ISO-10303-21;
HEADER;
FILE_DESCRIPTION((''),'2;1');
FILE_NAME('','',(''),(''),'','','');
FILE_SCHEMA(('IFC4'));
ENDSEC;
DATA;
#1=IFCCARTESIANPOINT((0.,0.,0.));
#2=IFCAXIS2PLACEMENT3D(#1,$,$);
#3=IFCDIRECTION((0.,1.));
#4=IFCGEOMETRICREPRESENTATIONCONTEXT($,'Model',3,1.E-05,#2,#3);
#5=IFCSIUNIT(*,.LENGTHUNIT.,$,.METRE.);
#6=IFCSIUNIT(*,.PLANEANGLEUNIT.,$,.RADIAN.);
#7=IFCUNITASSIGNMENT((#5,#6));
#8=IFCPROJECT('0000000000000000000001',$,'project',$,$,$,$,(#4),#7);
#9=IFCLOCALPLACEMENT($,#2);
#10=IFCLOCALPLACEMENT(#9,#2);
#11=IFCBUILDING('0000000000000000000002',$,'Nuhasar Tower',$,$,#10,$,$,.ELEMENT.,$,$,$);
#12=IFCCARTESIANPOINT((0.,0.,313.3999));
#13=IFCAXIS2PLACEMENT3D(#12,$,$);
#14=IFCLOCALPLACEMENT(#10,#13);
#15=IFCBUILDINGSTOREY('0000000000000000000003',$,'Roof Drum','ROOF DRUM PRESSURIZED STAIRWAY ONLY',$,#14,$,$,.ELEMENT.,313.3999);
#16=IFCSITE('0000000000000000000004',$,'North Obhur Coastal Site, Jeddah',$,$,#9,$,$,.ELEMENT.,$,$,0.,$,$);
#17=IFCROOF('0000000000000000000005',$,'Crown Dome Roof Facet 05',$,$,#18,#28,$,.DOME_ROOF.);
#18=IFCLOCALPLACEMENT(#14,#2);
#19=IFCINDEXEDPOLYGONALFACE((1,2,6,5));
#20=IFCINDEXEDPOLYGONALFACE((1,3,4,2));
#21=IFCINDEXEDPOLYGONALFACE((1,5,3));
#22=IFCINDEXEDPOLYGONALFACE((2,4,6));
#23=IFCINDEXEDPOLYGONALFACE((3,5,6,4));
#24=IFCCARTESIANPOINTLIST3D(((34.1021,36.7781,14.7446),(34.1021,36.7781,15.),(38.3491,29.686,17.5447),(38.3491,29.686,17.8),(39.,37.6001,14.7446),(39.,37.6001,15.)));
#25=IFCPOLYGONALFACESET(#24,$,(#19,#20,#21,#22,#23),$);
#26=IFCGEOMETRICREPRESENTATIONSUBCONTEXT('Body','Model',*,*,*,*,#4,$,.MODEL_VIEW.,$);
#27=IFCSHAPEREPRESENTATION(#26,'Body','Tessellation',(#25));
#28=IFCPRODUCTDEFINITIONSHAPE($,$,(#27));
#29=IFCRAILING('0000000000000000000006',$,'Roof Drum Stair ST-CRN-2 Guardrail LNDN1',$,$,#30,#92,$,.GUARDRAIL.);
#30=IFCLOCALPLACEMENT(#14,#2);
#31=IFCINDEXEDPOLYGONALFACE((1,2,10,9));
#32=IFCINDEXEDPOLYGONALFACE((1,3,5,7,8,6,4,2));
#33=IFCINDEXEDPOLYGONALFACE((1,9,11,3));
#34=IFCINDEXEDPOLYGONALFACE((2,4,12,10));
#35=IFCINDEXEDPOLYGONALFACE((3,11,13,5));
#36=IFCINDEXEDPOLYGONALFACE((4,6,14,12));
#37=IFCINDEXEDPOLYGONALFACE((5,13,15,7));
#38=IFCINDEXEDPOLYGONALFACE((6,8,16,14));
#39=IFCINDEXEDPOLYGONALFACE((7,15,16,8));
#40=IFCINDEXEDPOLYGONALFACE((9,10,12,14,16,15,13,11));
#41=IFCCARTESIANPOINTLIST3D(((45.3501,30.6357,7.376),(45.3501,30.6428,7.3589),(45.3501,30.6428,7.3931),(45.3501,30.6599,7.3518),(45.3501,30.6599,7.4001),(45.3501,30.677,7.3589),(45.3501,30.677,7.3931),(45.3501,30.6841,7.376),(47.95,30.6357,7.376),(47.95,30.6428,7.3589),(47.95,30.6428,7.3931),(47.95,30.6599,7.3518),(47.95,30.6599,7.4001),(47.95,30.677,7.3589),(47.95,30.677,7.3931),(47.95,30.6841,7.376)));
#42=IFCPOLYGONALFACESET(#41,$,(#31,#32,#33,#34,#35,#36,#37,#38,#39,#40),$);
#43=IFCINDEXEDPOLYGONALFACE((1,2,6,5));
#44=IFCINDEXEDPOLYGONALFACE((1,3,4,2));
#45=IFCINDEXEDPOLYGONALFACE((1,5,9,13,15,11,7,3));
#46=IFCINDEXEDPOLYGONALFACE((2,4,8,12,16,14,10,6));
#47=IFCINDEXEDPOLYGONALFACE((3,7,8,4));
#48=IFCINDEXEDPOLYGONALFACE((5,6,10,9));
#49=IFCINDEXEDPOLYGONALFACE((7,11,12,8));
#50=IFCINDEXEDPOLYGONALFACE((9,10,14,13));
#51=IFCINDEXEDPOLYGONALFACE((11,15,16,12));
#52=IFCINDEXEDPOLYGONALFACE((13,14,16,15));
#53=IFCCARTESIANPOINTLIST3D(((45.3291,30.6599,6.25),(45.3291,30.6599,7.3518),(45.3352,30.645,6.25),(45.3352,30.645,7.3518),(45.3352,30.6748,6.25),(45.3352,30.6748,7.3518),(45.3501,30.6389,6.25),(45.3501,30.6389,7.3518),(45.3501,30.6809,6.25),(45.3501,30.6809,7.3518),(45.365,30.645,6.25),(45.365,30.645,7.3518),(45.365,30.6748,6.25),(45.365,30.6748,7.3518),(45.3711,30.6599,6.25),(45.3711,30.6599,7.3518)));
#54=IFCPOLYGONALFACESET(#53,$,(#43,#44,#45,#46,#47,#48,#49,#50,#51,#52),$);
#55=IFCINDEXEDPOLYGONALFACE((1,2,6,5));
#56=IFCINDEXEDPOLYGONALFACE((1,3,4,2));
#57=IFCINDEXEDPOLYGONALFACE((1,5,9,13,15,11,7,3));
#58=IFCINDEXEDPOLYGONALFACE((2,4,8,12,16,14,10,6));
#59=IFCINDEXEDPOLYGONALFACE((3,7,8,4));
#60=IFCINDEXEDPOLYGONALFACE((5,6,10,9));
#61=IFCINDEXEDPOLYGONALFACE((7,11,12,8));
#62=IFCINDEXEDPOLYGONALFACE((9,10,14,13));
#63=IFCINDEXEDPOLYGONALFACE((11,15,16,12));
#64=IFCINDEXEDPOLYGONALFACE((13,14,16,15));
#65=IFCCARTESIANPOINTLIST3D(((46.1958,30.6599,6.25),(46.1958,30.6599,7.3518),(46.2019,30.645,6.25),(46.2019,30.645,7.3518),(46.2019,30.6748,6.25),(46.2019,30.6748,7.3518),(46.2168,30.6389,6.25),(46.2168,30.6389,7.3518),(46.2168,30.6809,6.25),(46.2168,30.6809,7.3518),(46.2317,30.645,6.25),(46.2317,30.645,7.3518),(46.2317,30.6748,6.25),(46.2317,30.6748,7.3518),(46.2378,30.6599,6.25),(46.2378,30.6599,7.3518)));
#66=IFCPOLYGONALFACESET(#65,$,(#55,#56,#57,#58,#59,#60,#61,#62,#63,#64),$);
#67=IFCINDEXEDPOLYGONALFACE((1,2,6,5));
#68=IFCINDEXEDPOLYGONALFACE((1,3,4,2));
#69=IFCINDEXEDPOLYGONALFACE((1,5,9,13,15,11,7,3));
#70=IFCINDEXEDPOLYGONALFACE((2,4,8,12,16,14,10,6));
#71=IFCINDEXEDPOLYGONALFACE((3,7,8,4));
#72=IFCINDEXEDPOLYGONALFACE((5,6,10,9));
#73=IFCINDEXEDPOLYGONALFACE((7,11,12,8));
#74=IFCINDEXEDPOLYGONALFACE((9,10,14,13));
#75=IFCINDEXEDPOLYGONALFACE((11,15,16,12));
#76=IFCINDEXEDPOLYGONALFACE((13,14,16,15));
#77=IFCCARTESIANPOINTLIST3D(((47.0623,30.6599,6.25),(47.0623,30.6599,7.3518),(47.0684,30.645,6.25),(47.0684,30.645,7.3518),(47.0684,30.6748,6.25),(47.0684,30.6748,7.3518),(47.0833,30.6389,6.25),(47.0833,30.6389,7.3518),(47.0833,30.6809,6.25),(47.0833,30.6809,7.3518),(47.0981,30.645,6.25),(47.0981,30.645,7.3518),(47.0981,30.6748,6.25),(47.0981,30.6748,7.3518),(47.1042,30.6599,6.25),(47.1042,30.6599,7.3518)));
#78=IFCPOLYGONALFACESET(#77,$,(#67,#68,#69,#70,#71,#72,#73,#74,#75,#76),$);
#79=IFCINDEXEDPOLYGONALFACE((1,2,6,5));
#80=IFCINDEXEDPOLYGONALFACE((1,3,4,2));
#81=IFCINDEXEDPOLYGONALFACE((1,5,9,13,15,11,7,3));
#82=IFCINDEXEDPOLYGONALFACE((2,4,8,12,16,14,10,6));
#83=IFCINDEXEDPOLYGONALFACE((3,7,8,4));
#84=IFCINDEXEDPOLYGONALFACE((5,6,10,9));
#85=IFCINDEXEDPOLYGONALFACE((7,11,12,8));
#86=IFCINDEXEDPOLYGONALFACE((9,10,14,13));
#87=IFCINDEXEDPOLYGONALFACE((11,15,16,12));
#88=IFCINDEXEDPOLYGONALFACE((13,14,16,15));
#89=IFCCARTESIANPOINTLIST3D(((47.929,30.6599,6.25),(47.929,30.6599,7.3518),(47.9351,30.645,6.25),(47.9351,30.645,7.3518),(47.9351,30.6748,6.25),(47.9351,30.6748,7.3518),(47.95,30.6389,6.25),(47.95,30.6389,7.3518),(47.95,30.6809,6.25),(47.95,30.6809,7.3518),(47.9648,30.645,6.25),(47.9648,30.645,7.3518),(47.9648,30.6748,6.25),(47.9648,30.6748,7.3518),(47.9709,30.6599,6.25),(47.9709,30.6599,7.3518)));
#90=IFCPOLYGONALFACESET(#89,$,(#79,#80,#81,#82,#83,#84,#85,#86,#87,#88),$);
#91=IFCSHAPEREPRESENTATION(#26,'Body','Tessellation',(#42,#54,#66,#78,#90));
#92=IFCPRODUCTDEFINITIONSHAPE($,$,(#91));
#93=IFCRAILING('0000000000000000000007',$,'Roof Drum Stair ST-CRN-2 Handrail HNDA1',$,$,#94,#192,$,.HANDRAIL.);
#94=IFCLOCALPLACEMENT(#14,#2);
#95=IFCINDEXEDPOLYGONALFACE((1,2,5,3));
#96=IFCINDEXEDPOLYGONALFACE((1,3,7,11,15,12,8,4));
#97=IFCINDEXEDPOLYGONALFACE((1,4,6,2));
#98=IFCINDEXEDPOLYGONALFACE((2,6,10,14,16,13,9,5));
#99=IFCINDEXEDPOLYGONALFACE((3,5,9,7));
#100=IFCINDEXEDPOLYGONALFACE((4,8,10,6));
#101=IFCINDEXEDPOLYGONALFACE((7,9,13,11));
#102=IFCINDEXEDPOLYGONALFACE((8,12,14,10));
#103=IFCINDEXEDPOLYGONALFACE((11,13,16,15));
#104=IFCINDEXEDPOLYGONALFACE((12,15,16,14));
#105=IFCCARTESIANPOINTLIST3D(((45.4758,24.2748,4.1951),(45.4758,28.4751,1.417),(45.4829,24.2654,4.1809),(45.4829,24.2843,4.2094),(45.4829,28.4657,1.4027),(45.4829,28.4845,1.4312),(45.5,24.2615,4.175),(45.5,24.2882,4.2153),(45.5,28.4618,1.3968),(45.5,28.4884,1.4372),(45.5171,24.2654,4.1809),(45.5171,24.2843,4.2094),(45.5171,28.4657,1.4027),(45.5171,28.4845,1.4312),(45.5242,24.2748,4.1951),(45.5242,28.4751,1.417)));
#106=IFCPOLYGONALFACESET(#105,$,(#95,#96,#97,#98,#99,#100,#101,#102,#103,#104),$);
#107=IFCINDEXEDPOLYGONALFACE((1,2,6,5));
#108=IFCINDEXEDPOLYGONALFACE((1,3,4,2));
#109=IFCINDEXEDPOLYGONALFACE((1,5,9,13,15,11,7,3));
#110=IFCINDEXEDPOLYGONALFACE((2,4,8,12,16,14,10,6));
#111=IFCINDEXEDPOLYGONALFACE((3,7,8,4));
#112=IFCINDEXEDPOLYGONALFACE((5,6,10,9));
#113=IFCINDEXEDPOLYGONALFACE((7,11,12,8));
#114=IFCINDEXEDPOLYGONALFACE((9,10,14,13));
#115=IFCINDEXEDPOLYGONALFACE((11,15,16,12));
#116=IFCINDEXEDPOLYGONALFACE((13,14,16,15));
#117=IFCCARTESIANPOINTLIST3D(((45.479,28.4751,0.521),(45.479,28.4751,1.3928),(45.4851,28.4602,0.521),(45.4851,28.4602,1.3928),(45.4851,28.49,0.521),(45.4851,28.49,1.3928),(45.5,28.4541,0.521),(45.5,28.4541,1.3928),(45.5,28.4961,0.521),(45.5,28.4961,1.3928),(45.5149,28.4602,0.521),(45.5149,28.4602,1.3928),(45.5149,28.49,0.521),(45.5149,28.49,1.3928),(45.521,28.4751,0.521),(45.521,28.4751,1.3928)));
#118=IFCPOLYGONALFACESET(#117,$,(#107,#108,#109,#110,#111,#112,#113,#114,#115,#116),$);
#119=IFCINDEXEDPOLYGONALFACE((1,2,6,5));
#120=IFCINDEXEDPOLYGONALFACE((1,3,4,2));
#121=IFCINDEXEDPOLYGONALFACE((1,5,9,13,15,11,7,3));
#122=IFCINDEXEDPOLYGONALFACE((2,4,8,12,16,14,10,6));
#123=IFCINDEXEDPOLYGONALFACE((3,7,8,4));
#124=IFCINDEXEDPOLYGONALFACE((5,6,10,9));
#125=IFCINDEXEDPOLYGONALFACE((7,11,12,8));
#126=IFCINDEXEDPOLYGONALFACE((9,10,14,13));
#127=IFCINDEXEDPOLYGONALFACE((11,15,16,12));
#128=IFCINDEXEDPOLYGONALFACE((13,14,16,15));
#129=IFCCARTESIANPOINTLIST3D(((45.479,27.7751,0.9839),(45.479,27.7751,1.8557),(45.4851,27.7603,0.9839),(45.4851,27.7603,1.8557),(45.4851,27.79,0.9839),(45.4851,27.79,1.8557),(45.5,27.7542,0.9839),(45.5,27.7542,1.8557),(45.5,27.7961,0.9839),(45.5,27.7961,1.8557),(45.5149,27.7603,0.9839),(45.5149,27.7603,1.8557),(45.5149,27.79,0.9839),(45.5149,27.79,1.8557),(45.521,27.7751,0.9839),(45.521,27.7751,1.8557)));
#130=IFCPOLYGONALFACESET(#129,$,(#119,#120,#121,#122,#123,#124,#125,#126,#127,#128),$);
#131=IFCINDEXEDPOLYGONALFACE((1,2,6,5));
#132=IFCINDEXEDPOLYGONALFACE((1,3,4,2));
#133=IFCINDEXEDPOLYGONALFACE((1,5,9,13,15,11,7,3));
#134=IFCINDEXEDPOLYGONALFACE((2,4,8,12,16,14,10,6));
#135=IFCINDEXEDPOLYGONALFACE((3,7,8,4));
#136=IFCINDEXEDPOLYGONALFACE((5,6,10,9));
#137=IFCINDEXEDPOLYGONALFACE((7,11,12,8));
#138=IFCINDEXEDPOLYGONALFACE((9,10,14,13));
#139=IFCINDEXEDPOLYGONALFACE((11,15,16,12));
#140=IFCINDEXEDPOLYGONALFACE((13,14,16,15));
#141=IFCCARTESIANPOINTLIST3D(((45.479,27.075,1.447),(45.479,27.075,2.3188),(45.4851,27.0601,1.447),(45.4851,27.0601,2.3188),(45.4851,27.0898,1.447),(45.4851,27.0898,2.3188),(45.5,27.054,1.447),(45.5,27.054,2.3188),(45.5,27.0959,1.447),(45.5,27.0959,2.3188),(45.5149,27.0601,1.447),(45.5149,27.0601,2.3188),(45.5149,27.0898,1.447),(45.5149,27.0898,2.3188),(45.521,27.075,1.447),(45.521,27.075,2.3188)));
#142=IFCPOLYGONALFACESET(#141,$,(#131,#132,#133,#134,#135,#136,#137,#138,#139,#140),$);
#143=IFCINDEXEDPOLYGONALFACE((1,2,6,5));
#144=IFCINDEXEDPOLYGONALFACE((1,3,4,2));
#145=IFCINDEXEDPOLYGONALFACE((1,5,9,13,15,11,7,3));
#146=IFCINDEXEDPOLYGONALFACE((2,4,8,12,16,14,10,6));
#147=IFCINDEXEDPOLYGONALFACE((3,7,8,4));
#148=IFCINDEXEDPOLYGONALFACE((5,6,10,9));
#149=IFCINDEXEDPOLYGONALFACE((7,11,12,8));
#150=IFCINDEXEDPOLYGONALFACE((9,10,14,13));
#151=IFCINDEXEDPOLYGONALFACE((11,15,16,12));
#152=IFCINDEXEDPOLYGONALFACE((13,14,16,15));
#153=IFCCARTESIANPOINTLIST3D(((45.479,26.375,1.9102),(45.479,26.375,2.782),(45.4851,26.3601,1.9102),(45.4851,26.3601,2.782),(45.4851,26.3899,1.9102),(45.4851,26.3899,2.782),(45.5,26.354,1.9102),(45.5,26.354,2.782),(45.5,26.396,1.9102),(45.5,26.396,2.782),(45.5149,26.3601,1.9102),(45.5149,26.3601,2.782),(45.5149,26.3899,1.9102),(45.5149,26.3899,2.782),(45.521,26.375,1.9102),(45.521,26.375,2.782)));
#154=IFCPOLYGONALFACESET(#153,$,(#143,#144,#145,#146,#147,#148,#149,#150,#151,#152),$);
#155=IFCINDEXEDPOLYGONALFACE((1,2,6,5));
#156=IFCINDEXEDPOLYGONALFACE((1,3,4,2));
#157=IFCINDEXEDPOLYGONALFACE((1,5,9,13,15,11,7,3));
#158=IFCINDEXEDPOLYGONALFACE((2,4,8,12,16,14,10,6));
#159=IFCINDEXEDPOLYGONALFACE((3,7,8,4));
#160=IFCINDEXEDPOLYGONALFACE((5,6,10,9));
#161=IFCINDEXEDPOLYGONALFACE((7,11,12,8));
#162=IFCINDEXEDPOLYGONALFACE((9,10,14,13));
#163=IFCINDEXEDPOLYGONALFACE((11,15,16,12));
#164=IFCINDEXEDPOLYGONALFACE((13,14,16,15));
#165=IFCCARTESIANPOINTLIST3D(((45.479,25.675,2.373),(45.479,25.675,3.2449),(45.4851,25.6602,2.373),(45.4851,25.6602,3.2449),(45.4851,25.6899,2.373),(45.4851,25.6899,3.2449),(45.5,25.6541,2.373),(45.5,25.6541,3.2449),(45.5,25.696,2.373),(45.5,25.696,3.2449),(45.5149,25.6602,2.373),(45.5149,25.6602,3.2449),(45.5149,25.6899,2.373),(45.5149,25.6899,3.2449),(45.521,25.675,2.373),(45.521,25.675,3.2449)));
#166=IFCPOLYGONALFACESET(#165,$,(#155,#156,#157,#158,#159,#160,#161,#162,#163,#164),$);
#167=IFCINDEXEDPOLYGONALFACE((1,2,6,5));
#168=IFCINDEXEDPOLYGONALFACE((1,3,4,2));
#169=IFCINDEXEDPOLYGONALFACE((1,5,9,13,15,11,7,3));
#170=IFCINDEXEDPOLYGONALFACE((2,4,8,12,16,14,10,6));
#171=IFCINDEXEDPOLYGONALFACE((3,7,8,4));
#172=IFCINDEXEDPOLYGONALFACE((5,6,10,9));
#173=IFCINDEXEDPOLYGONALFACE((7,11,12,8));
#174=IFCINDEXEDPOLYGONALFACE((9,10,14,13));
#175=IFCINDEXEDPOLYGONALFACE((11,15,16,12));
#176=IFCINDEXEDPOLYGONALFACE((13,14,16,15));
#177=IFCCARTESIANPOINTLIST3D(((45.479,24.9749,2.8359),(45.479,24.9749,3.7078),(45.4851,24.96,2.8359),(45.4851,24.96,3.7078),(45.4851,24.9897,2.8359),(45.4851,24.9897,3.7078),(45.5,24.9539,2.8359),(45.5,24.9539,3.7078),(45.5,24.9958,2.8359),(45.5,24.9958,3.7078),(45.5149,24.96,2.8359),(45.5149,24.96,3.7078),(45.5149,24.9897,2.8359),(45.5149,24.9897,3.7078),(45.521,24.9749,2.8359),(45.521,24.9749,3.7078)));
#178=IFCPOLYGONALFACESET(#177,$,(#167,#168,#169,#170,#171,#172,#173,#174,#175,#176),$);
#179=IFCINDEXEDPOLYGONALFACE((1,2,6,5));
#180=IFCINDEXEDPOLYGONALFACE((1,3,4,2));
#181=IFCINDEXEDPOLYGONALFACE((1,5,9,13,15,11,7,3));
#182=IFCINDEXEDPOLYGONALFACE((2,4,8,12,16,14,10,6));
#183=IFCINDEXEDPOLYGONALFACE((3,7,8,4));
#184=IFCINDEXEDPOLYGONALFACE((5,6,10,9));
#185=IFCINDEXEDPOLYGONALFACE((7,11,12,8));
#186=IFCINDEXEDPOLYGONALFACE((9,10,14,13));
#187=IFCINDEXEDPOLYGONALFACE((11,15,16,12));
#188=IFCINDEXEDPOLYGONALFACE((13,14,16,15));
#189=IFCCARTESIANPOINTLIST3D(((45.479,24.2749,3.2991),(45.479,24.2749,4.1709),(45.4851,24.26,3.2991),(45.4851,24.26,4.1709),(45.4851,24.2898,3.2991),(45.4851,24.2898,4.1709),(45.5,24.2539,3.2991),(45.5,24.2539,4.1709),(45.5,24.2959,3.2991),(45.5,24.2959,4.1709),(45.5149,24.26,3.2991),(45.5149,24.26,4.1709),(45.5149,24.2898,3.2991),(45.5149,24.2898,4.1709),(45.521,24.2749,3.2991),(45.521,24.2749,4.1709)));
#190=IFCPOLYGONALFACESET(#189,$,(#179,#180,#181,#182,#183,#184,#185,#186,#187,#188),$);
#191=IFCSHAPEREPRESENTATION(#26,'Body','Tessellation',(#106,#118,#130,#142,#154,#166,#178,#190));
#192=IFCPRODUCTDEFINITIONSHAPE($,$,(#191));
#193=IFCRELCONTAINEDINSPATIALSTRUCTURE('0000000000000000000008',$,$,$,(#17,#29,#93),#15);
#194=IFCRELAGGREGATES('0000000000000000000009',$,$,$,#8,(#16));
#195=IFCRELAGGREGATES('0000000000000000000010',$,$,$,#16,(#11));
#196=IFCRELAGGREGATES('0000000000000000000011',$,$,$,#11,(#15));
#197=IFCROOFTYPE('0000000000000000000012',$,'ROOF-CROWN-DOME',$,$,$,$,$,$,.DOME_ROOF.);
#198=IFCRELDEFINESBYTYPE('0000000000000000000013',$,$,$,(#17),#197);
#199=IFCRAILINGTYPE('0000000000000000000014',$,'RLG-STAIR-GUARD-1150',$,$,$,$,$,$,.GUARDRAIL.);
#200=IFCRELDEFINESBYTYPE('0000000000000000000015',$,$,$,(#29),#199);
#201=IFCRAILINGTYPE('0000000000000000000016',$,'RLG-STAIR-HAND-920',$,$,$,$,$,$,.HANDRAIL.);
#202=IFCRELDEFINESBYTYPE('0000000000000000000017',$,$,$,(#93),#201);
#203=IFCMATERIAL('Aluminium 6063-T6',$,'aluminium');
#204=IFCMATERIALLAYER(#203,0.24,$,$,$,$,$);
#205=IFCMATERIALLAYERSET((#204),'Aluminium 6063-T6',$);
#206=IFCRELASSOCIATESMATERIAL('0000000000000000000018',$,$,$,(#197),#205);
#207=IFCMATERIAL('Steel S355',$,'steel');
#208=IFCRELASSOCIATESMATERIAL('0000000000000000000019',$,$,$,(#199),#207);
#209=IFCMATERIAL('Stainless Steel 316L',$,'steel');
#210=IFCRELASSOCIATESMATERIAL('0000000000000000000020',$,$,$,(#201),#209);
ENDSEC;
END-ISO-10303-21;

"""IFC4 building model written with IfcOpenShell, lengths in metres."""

from ifc_helpers import new_model, si_unit, direction, frame, origin, place, context, subcontext, project, spatial, polyline, outline, extrude, material, layer, layer_set, type_object, element, save


model = new_model("IFC4")

# Units and contexts
model_context = context("Model", 3, precision=1e-05, world=origin(), true_north=direction((0.0, 1.0)))
body_context = subcontext(model_context, "Body", "Model", "MODEL_VIEW")
ifc_project = project(units=[si_unit("LENGTHUNIT", "METRE"), si_unit("PLANEANGLEUNIT", "RADIAN")], contexts=[model_context])

# Site, building, storey
site_placement = place(None, origin())
site = spatial("IfcSite", under=ifc_project, at=site_placement, Name="North Obhur Coastal Site, Jeddah", CompositionType="ELEMENT", RefElevation=0.0)
building_placement = place(site_placement, origin())
building = spatial("IfcBuilding", under=site, at=building_placement, Name="Nuhasar Tower", CompositionType="ELEMENT")
storey_placement = place(building_placement, frame((0.0, 0.0, 313.3999)))
storey = spatial("IfcBuildingStorey", under=building, at=storey_placement, Name="Roof Drum", Description="ROOF DRUM PRESSURIZED STAIRWAY ONLY", CompositionType="ELEMENT", Elevation=313.3999)

# Shared definitions
ifc_material_1 = material(Name="Steel S355", Category="steel")

# Shared definitions
ifc_material_2 = material(Name="Aluminium 6063-T6", Category="aluminium")

# Roof
ifc_layer_1 = layer(ifc_material_2, 0.24)
ifc_layer_set_1 = layer_set([ifc_layer_1], Name="Aluminium 6063-T6")
roof_type = type_object("IfcRoofType", Name="ROOF-CROWN-DOME", PredefinedType="DOME_ROOF", material=ifc_layer_set_1)
roof_1_placement = place(storey_placement, frame((39.0, 37.6001, 15.0), z_axis=(-0.056583, 0.337144, 0.939751), x_axis=(-0.986207, -0.165515, 0.0)))
element("IfcRoof", 1, at=roof_1_placement, inside=storey, type_object=roof_type, Name="Crown Dome Roof Facet 05", PredefinedType="DOME_ROOF", context=body_context, shape_type="SweptSolid", body=[
    extrude(outline(polyline([(0.0, 0.0), (4.9665, 0.0), (1.9518, 8.1907), (0.0, 0.0)])), origin(), (0.0, -0.341859, -0.939751), 0.2554),
])

# Railings
railing_type_1 = type_object("IfcRailingType", Name="RLG-STAIR-GUARD-1150", PredefinedType="GUARDRAIL", material=ifc_material_1)
railing_1_placement = place(storey_placement, frame((45.3501, 30.6599, 6.25)))
element("IfcRailing", 2, at=railing_1_placement, inside=storey, type_object=railing_type_1, Name="Roof Drum Stair ST-CRN-2 Guardrail LNDN1", PredefinedType="GUARDRAIL", context=body_context, shape_type="SweptSolid", body=[
    extrude(outline(polyline([(0.0242, 0.0), (0.0171, 0.0171), (0.0, 0.0242), (-0.0171, 0.0171), (-0.0242, 0.0), (-0.0171, -0.0171), (0.0, -0.0242), (0.0171, -0.0171), (0.0242, 0.0)])), frame((0.0, 0.0, 1.126), z_axis=(1.0, 0.0, 0.0), x_axis=(0.0, 1.0, 0.0)), (0.0, 0.0, 1.0), 2.5999),
    extrude(outline(polyline([(0.021, 0.0), (0.0149, 0.0149), (0.0, 0.021), (-0.0149, 0.0149), (-0.021, 0.0), (-0.0149, -0.0149), (0.0, -0.021), (0.0149, -0.0149), (0.021, 0.0)])), origin(), (0.0, 0.0, 1.0), 1.1018),
    extrude(outline(polyline([(0.021, 0.0), (0.0149, 0.0149), (0.0, 0.021), (-0.0149, 0.0149), (-0.021, 0.0), (-0.0149, -0.0149), (0.0, -0.021), (0.0149, -0.0149), (0.021, 0.0)])), frame((0.8667, 0.0, 0.0)), (0.0, 0.0, 1.0), 1.1018),
    extrude(outline(polyline([(0.021, 0.0), (0.0149, 0.0149), (0.0, 0.021), (-0.0149, 0.0149), (-0.021, 0.0), (-0.0149, -0.0149), (0.0, -0.021), (0.0149, -0.0149), (0.021, 0.0)])), frame((1.7332, 0.0, 0.0)), (0.0, 0.0, 1.0), 1.1018),
    extrude(outline(polyline([(0.021, 0.0), (0.0149, 0.0149), (0.0, 0.021), (-0.0149, 0.0149), (-0.021, 0.0), (-0.0149, -0.0149), (0.0, -0.021), (0.0149, -0.0149), (0.021, 0.0)])), frame((2.5999, 0.0, 0.0)), (0.0, 0.0, 1.0), 1.1018),
])
ifc_material_3 = material(Name="Stainless Steel 316L", Category="steel")
railing_type_2 = type_object("IfcRailingType", Name="RLG-STAIR-HAND-920", PredefinedType="HANDRAIL", material=ifc_material_3)
railing_2_placement = place(storey_placement, frame((45.5, 28.4751, 0.521)))
element("IfcRailing", 3, at=railing_2_placement, inside=storey, type_object=railing_type_2, Name="Roof Drum Stair ST-CRN-2 Handrail HNDA1", PredefinedType="HANDRAIL", context=body_context, shape_type="SweptSolid", body=[
    extrude(outline(polyline([(0.0242, 0.0), (0.0171, 0.0171), (0.0, 0.0242), (-0.0171, 0.0171), (-0.0242, 0.0), (-0.0171, -0.0171), (0.0, -0.0242), (0.0171, -0.0171), (0.0242, 0.0)])), frame((0.0, 0.0, 0.896), z_axis=(0.0, -0.834066, 0.551665), x_axis=(1.0, 0.0, 0.0)), (0.0, 0.0, 1.0), 5.0359),
    extrude(outline(polyline([(0.021, 0.0), (0.0149, 0.0149), (0.0, 0.021), (-0.0149, 0.0149), (-0.021, 0.0), (-0.0149, -0.0149), (0.0, -0.021), (0.0149, -0.0149), (0.021, 0.0)])), origin(), (0.0, 0.0, 1.0), 0.8718),
    extrude(outline(polyline([(0.021, 0.0), (0.0149, 0.0149), (0.0, 0.021), (-0.0149, 0.0149), (-0.021, 0.0), (-0.0149, -0.0149), (0.0, -0.021), (0.0149, -0.0149), (0.021, 0.0)])), frame((0.0, -0.7, 0.4629)), (0.0, 0.0, 1.0), 0.8718),
    extrude(outline(polyline([(0.021, 0.0), (0.0149, 0.0149), (0.0, 0.021), (-0.0149, 0.0149), (-0.021, 0.0), (-0.0149, -0.0149), (0.0, -0.021), (0.0149, -0.0149), (0.021, 0.0)])), frame((0.0, -1.4001, 0.926)), (0.0, 0.0, 1.0), 0.8718),
    extrude(outline(polyline([(0.021, 0.0), (0.0149, 0.0149), (0.0, 0.021), (-0.0149, 0.0149), (-0.021, 0.0), (-0.0149, -0.0149), (0.0, -0.021), (0.0149, -0.0149), (0.021, 0.0)])), frame((0.0, -2.1001, 1.3892)), (0.0, 0.0, 1.0), 0.8718),
    extrude(outline(polyline([(0.021, 0.0), (0.0149, 0.0149), (0.0, 0.021), (-0.0149, 0.0149), (-0.021, 0.0), (-0.0149, -0.0149), (0.0, -0.021), (0.0149, -0.0149), (0.021, 0.0)])), frame((0.0, -2.8, 1.8521)), (0.0, 0.0, 1.0), 0.8718),
    extrude(outline(polyline([(0.021, 0.0), (0.0149, 0.0149), (0.0, 0.021), (-0.0149, 0.0149), (-0.021, 0.0), (-0.0149, -0.0149), (0.0, -0.021), (0.0149, -0.0149), (0.021, 0.0)])), frame((0.0, -3.5002, 2.3149)), (0.0, 0.0, 1.0), 0.8718),
    extrude(outline(polyline([(0.021, 0.0), (0.0149, 0.0149), (0.0, 0.021), (-0.0149, 0.0149), (-0.021, 0.0), (-0.0149, -0.0149), (0.0, -0.021), (0.0149, -0.0149), (0.021, 0.0)])), frame((0.0, -4.2002, 2.7781)), (0.0, 0.0, 1.0), 0.8718),
])

save(model, "model.ifc")
